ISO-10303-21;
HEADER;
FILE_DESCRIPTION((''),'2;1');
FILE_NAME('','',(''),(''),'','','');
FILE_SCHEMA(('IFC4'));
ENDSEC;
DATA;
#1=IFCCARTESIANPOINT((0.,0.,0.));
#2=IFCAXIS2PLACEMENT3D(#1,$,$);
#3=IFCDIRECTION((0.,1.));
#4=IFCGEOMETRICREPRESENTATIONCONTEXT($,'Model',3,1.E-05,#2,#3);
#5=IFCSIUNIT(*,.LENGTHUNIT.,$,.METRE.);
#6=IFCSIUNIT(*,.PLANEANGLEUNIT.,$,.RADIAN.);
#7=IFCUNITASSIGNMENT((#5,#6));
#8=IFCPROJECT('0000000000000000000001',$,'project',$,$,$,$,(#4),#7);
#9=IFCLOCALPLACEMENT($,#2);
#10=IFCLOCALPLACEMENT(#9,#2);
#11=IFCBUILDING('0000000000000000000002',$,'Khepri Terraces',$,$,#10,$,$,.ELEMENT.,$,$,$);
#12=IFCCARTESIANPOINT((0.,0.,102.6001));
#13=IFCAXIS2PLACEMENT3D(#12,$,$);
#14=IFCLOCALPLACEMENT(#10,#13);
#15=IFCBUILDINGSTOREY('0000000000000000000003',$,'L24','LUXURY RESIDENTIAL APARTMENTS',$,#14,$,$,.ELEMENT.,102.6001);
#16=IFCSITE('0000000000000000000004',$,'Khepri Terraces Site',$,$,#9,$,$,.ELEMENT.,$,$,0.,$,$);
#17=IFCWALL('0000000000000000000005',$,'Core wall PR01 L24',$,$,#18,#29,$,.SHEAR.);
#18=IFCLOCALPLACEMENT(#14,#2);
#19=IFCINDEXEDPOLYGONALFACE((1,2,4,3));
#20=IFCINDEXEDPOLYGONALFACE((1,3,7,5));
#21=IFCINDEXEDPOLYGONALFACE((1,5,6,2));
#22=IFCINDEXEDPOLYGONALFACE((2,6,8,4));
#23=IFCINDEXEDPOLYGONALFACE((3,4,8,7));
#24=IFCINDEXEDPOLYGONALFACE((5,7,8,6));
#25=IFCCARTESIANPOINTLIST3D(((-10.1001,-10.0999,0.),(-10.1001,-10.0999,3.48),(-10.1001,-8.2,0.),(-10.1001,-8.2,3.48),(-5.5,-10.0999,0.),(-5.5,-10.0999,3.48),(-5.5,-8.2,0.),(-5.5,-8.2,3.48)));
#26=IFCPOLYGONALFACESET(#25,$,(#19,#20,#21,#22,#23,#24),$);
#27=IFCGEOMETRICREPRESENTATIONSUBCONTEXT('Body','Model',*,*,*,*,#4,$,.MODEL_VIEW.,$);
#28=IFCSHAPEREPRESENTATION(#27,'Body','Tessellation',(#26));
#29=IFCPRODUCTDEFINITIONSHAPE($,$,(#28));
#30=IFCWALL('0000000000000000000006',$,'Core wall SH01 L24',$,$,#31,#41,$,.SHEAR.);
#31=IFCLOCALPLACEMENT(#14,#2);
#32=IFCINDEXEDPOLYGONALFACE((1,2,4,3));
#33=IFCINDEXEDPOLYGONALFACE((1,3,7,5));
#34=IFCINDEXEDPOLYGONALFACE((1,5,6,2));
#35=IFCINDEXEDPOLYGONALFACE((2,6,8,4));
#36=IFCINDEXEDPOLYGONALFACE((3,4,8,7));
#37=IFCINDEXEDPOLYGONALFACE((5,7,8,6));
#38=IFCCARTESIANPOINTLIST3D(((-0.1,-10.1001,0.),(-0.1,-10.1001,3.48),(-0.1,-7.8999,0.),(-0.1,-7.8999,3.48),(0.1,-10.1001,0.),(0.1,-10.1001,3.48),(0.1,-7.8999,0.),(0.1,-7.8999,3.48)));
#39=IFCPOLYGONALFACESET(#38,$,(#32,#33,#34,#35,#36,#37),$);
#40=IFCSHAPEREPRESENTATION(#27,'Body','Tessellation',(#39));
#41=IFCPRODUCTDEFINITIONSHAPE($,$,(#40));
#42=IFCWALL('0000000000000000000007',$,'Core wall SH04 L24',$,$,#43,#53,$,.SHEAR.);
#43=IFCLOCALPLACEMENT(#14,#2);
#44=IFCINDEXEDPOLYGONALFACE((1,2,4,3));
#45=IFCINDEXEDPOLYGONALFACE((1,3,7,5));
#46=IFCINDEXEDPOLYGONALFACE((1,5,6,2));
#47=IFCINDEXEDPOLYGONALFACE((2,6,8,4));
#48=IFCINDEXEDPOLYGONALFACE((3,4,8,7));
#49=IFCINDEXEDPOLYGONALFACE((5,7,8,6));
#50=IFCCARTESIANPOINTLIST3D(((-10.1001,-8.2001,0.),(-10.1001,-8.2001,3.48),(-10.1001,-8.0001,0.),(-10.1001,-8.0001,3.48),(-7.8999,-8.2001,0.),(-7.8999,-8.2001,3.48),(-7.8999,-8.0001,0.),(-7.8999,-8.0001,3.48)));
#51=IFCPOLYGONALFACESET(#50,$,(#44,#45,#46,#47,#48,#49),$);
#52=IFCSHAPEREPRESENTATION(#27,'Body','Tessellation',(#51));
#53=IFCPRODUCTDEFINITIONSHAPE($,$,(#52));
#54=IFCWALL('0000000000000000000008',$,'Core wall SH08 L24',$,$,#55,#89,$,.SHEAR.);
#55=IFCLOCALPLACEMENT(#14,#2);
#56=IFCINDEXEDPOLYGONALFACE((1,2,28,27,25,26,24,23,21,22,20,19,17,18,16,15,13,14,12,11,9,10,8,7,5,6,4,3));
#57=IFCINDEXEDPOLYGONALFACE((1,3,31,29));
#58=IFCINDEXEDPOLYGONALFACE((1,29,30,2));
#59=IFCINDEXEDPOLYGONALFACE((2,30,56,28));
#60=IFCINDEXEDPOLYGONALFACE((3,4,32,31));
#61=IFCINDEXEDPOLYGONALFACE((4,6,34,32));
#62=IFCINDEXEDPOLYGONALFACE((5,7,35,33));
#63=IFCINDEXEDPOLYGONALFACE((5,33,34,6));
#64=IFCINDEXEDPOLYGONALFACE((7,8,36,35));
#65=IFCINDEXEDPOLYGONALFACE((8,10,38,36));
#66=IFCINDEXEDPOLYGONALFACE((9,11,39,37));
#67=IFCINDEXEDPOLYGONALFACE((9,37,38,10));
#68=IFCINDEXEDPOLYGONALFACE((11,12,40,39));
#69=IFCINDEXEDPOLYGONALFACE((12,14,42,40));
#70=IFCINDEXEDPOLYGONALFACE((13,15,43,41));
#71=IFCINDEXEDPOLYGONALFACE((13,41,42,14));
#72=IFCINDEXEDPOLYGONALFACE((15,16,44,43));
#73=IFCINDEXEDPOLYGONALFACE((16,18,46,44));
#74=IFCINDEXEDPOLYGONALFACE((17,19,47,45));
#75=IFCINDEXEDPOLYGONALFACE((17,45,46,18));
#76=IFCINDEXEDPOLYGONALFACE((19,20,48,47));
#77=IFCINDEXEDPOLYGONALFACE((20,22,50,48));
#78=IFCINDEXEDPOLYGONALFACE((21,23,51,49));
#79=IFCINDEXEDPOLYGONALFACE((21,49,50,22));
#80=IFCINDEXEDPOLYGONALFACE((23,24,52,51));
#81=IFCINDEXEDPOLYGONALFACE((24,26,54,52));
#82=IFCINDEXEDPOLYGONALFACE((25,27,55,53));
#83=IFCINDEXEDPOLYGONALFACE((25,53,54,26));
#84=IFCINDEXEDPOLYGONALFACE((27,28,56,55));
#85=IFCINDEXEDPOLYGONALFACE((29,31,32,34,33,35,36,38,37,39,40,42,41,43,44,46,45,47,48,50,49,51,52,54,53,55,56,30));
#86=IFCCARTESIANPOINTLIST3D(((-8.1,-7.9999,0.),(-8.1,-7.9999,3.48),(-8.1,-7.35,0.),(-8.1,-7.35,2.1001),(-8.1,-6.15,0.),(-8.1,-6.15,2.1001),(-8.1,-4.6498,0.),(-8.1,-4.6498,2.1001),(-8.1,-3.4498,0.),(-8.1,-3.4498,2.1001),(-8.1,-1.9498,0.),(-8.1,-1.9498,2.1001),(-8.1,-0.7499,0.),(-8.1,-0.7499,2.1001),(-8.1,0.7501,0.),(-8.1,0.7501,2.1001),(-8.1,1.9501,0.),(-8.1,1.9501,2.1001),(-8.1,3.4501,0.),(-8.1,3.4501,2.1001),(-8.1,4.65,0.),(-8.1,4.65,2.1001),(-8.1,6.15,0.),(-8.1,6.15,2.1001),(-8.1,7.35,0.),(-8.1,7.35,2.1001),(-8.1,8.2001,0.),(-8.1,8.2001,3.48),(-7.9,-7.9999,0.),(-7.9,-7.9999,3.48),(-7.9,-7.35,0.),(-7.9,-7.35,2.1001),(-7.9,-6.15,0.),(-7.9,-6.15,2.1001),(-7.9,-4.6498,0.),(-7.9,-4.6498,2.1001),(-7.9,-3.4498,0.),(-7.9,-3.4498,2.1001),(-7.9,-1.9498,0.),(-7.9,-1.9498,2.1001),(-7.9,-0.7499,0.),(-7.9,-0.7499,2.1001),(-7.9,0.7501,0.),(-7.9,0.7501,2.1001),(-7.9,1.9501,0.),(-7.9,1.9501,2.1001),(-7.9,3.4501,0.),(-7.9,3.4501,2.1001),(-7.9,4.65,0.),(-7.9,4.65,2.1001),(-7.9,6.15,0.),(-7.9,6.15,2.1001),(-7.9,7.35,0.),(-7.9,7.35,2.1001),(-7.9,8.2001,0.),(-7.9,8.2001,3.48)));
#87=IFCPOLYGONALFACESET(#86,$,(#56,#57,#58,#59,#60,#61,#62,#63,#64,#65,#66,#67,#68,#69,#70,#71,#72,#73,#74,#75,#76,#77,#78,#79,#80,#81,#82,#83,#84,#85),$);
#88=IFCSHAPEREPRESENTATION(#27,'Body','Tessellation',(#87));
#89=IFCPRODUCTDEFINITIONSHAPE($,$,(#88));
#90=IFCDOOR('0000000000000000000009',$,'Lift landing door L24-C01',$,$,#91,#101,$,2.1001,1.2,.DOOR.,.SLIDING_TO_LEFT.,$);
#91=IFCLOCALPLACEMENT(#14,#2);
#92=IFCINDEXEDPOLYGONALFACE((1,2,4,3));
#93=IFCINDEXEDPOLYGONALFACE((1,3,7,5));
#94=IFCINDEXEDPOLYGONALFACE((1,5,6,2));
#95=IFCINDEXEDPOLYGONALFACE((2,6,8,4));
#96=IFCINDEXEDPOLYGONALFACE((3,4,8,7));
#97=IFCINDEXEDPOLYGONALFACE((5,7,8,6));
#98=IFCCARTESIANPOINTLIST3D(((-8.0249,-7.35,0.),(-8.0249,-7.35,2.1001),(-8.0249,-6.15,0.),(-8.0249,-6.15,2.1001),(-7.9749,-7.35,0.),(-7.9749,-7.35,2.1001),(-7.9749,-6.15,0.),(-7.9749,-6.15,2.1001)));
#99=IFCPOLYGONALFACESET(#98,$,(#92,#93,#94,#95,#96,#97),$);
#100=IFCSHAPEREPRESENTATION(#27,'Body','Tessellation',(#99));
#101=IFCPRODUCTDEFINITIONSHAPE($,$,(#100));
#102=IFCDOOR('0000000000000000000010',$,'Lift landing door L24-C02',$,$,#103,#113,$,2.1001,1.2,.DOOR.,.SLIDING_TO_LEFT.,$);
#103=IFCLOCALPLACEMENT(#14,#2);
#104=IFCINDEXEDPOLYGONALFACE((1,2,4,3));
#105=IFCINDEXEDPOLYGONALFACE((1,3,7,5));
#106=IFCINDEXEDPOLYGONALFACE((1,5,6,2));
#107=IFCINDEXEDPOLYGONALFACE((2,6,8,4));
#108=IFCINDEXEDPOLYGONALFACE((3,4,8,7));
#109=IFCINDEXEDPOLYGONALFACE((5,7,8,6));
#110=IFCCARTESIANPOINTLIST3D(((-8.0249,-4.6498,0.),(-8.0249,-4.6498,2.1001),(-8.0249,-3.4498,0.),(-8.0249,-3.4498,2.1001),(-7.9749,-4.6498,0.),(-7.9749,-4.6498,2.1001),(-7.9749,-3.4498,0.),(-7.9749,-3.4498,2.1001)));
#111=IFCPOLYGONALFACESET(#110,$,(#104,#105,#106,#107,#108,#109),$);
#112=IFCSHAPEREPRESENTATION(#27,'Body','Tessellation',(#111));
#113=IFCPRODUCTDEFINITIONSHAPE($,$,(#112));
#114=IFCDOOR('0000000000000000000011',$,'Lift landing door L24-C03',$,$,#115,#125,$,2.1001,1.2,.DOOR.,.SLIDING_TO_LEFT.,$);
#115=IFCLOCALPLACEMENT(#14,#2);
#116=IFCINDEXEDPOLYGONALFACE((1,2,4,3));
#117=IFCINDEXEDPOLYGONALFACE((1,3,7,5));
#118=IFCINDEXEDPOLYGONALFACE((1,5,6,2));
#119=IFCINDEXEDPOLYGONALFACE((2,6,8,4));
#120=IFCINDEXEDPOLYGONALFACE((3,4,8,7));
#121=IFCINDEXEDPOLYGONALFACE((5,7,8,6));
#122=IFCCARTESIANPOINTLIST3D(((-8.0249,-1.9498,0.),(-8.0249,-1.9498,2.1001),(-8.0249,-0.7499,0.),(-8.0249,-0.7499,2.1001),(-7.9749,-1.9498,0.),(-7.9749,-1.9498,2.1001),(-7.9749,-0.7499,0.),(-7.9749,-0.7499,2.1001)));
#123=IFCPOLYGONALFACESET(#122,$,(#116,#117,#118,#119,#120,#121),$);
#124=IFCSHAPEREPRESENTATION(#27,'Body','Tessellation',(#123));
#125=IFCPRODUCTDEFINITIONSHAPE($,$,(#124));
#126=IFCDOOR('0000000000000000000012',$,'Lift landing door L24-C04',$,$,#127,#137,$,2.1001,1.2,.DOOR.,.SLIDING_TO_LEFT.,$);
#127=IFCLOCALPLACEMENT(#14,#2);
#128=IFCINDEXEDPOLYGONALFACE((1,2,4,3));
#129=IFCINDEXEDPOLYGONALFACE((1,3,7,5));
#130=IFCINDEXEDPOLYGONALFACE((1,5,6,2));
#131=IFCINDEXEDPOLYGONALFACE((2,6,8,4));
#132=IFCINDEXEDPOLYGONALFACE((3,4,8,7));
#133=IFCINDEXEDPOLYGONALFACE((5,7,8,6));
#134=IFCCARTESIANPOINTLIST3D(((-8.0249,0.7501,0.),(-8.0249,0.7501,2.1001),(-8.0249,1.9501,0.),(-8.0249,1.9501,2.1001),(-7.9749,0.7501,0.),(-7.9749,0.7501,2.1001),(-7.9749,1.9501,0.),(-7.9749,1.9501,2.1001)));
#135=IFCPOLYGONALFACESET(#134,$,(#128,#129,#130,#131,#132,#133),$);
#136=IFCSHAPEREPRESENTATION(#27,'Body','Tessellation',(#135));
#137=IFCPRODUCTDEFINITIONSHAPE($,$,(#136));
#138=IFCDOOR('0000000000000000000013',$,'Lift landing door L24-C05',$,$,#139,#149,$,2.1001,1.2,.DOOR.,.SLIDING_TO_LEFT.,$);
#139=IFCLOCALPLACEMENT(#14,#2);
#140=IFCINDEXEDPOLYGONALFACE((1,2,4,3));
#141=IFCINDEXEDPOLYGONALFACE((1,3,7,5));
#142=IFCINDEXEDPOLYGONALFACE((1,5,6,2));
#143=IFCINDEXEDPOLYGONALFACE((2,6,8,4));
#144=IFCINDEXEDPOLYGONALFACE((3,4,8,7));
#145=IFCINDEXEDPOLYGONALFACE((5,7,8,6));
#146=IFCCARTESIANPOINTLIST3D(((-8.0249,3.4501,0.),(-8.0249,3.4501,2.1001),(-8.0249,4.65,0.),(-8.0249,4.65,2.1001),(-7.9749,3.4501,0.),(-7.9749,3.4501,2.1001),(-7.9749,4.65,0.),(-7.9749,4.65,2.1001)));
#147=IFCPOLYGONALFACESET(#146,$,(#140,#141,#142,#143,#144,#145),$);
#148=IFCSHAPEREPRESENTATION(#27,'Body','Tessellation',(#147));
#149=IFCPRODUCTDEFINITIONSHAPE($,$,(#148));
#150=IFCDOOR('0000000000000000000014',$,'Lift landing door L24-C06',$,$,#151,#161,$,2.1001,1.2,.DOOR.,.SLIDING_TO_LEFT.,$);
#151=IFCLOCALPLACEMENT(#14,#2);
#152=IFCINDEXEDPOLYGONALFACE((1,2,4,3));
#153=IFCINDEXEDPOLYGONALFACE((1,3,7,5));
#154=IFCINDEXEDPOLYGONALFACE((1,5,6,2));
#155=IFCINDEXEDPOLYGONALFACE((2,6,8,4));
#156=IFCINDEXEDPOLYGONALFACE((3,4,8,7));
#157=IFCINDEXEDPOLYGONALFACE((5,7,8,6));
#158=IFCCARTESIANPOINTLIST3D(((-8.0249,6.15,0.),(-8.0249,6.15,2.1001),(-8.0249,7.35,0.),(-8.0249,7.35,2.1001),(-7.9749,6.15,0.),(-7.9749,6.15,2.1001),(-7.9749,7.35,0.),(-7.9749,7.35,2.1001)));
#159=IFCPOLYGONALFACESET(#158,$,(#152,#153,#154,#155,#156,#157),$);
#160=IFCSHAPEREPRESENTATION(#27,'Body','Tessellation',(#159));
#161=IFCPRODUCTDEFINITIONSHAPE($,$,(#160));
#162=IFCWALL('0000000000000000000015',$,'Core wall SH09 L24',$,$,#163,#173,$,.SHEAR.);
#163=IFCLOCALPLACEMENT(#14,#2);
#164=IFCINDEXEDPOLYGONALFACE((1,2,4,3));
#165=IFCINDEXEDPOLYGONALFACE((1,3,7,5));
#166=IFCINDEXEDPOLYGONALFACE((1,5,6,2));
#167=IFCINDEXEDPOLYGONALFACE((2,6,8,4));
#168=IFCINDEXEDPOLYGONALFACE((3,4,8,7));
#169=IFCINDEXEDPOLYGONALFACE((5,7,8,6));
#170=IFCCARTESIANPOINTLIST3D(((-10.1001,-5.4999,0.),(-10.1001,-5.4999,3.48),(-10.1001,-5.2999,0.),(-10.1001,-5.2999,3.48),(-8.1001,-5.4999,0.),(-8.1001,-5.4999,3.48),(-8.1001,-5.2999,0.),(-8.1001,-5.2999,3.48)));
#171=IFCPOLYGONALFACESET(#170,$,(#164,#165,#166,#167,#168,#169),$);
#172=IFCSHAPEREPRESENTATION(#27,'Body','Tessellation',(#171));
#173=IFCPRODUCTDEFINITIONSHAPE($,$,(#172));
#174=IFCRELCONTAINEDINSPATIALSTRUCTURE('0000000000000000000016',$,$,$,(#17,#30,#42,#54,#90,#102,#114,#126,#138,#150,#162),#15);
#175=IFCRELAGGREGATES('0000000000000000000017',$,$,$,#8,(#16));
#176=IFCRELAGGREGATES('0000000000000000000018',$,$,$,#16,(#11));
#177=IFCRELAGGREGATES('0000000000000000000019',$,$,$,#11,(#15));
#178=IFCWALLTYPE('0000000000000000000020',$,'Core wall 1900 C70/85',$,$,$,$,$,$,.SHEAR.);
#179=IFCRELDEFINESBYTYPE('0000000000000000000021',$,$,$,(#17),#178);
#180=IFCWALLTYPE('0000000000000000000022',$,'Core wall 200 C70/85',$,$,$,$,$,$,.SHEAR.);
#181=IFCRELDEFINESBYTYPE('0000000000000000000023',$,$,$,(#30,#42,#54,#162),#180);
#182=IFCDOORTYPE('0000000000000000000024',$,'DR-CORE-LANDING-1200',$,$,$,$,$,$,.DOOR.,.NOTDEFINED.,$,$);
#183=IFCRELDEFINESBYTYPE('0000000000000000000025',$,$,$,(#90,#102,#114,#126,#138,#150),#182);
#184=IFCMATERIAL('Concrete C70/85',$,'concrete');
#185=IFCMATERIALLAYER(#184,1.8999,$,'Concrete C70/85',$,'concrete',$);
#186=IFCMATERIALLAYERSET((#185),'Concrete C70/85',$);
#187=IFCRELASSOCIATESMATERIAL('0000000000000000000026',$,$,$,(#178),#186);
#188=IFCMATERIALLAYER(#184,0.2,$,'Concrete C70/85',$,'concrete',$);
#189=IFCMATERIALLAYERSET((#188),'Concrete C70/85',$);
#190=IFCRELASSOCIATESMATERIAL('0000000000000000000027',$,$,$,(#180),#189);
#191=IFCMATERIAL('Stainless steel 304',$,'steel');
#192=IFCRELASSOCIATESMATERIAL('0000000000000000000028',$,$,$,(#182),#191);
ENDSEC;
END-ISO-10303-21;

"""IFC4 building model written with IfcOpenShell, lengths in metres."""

from ifc_helpers import new_model, si_unit, direction, frame, frame_2d, origin, place, context, subcontext, project, spatial, rectangle, extrude, material, layer, layer_set, type_object, element, fill, save


model = new_model("IFC4")

# Units and contexts
model_context = context("Model", 3, precision=1e-05, world=origin(), true_north=direction((0.0, 1.0)))
body_context = subcontext(model_context, "Body", "Model", "MODEL_VIEW")
ifc_project = project(units=[si_unit("LENGTHUNIT", "METRE"), si_unit("PLANEANGLEUNIT", "RADIAN")], contexts=[model_context])

# Site, building, storey
site_placement = place(None, origin())
site = spatial("IfcSite", under=ifc_project, at=site_placement, Name="Khepri Terraces Site", CompositionType="ELEMENT", RefElevation=0.0)
building_placement = place(site_placement, origin())
building = spatial("IfcBuilding", under=site, at=building_placement, Name="Khepri Terraces", CompositionType="ELEMENT")
storey_placement = place(building_placement, frame((0.0, 0.0, 102.6001)))
storey = spatial("IfcBuildingStorey", under=building, at=storey_placement, Name="L24", Description="LUXURY RESIDENTIAL APARTMENTS", CompositionType="ELEMENT", Elevation=102.6001)

# Walls
ifc_material_1 = material(Name="Concrete C70/85", Category="concrete")
ifc_layer_1 = layer(ifc_material_1, 1.8999, Name="Concrete C70/85", Category="concrete")
ifc_layer_set_1 = layer_set([ifc_layer_1], Name="Concrete C70/85")
wall_type_1 = type_object("IfcWallType", Name="Core wall 1900 C70/85", PredefinedType="SHEAR", material=ifc_layer_set_1)
wall_1_placement = place(storey_placement, frame((-10.1001, -9.1499, 0.0), z_axis=(0.0, 0.0, 1.0), x_axis=(1.0, 0.0, 0.0)))
element("IfcWall", 1, at=wall_1_placement, inside=storey, type_object=wall_type_1, Name="Core wall PR01 L24", PredefinedType="SHEAR", context=body_context, shape_type="SweptSolid", body=[
    extrude(rectangle(XDim=4.6001, YDim=1.8999, at=frame_2d((2.3, 0.0))), origin(), (0.0, 0.0, 1.0), 3.48),
])
ifc_layer_2 = layer(ifc_material_1, 0.2, Name="Concrete C70/85", Category="concrete")
ifc_layer_set_2 = layer_set([ifc_layer_2], Name="Concrete C70/85")
wall_type_2 = type_object("IfcWallType", Name="Core wall 200 C70/85", PredefinedType="SHEAR", material=ifc_layer_set_2)
for number, where, z_axis, x_axis, name in (
    (2, (0.0, -10.1001, 0.0), (0.0, 0.0, 1.0), (0.0, 1.0, 0.0), "Core wall SH01 L24"),
    (3, (-10.1001, -8.1001, 0.0), (0.0, 0.0, 1.0), (1.0, 0.0, 0.0), "Core wall SH04 L24"),
):
    element("IfcWall", number, at=place(storey_placement, frame(where, z_axis=z_axis, x_axis=x_axis)), inside=storey, type_object=wall_type_2, Name=name, PredefinedType="SHEAR", context=body_context, shape_type="SweptSolid", body=[
        extrude(rectangle(XDim=2.2002, YDim=0.2, at=frame_2d((1.1001, 0.0))), origin(), (0.0, 0.0, 1.0), 3.48),
    ])

# Wall, openings, doors
wall_2_placement = place(storey_placement, frame((-8.0, -8.0, 0.0), z_axis=(0.0, 0.0, 1.0), x_axis=(0.0, 1.0, 0.0)))
wall_2 = element("IfcWall", 4, at=wall_2_placement, inside=storey, type_object=wall_type_2, Name="Core wall SH08 L24", PredefinedType="SHEAR", context=body_context, shape_type="SweptSolid", body=[
    extrude(rectangle(XDim=16.2, YDim=0.2, at=frame_2d((8.1001, 0.0))), origin(), (0.0, 0.0, 1.0), 3.48),
])
opening_1_placement = place(wall_2_placement, frame((0.6499, 0.0, 0.0)))
opening_1 = element("IfcOpeningElement", 5, at=opening_1_placement, cuts=wall_2, PredefinedType="OPENING", context=body_context, shape_type="SweptSolid", body=[
    extrude(rectangle(XDim=1.2, YDim=2.1001, at=frame_2d((0.6001, 1.05))), frame((0.0, 0.1099, 0.0), z_axis=(0.0, -1.0, 0.0), x_axis=(1.0, 0.0, 0.0)), (0.0, 0.0, 1.0), 0.22),
])
opening_2_placement = place(wall_2_placement, frame((3.3501, 0.0, 0.0)))
opening_2 = element("IfcOpeningElement", 6, at=opening_2_placement, cuts=wall_2, PredefinedType="OPENING", context=body_context, shape_type="SweptSolid", body=[
    extrude(rectangle(XDim=1.2, YDim=2.1001, at=frame_2d((0.6001, 1.05))), frame((0.0, 0.1099, 0.0), z_axis=(0.0, -1.0, 0.0), x_axis=(1.0, 0.0, 0.0)), (0.0, 0.0, 1.0), 0.22),
])
opening_3_placement = place(wall_2_placement, frame((6.05, 0.0, 0.0)))
opening_3 = element("IfcOpeningElement", 7, at=opening_3_placement, cuts=wall_2, PredefinedType="OPENING", context=body_context, shape_type="SweptSolid", body=[
    extrude(rectangle(XDim=1.2, YDim=2.1001, at=frame_2d((0.6001, 1.05))), frame((0.0, 0.1099, 0.0), z_axis=(0.0, -1.0, 0.0), x_axis=(1.0, 0.0, 0.0)), (0.0, 0.0, 1.0), 0.22),
])
opening_4_placement = place(wall_2_placement, frame((8.75, 0.0, 0.0)))
opening_4 = element("IfcOpeningElement", 8, at=opening_4_placement, cuts=wall_2, PredefinedType="OPENING", context=body_context, shape_type="SweptSolid", body=[
    extrude(rectangle(XDim=1.2, YDim=2.1001, at=frame_2d((0.6001, 1.05))), frame((0.0, 0.1099, 0.0), z_axis=(0.0, -1.0, 0.0), x_axis=(1.0, 0.0, 0.0)), (0.0, 0.0, 1.0), 0.22),
])
opening_5_placement = place(wall_2_placement, frame((11.45, 0.0, 0.0)))
opening_5 = element("IfcOpeningElement", 9, at=opening_5_placement, cuts=wall_2, PredefinedType="OPENING", context=body_context, shape_type="SweptSolid", body=[
    extrude(rectangle(XDim=1.2, YDim=2.1001, at=frame_2d((0.6001, 1.05))), frame((0.0, 0.1099, 0.0), z_axis=(0.0, -1.0, 0.0), x_axis=(1.0, 0.0, 0.0)), (0.0, 0.0, 1.0), 0.22),
])
opening_6_placement = place(wall_2_placement, frame((14.1499, 0.0, 0.0)))
opening_6 = element("IfcOpeningElement", 10, at=opening_6_placement, cuts=wall_2, PredefinedType="OPENING", context=body_context, shape_type="SweptSolid", body=[
    extrude(rectangle(XDim=1.2, YDim=2.1001, at=frame_2d((0.6001, 1.05))), frame((0.0, 0.1099, 0.0), z_axis=(0.0, -1.0, 0.0), x_axis=(1.0, 0.0, 0.0)), (0.0, 0.0, 1.0), 0.22),
])
ifc_material_2 = material(Name="Stainless steel 304", Category="steel")
door_type_1 = type_object("IfcDoorType", Name="DR-CORE-LANDING-1200", OperationType="NOTDEFINED", PredefinedType="DOOR", material=ifc_material_2)
door_1_placement = place(opening_1_placement, origin())
door_1 = element("IfcDoor", 11, at=door_1_placement, inside=storey, type_object=door_type_1, Name="Lift landing door L24-C01", OperationType="SLIDING_TO_LEFT", OverallHeight=2.1001, OverallWidth=1.2, PredefinedType="DOOR", context=body_context, shape_type="SweptSolid", body=[
    extrude(rectangle(XDim=1.2, YDim=2.1001, at=frame_2d((0.6001, 1.05))), frame((0.0, 0.0249, 0.0), z_axis=(0.0, -1.0, 0.0), x_axis=(1.0, 0.0, 0.0)), (0.0, 0.0, 1.0), 0.05),
])
fill(opening_1, door_1)
door_2_placement = place(opening_2_placement, origin())
door_2 = element("IfcDoor", 12, at=door_2_placement, inside=storey, type_object=door_type_1, Name="Lift landing door L24-C02", OperationType="SLIDING_TO_LEFT", OverallHeight=2.1001, OverallWidth=1.2, PredefinedType="DOOR", context=body_context, shape_type="SweptSolid", body=[
    extrude(rectangle(XDim=1.2, YDim=2.1001, at=frame_2d((0.6001, 1.05))), frame((0.0, 0.0249, 0.0), z_axis=(0.0, -1.0, 0.0), x_axis=(1.0, 0.0, 0.0)), (0.0, 0.0, 1.0), 0.05),
])
fill(opening_2, door_2)
door_3_placement = place(opening_3_placement, origin())
door_3 = element("IfcDoor", 13, at=door_3_placement, inside=storey, type_object=door_type_1, Name="Lift landing door L24-C03", OperationType="SLIDING_TO_LEFT", OverallHeight=2.1001, OverallWidth=1.2, PredefinedType="DOOR", context=body_context, shape_type="SweptSolid", body=[
    extrude(rectangle(XDim=1.2, YDim=2.1001, at=frame_2d((0.6001, 1.05))), frame((0.0, 0.0249, 0.0), z_axis=(0.0, -1.0, 0.0), x_axis=(1.0, 0.0, 0.0)), (0.0, 0.0, 1.0), 0.05),
])
fill(opening_3, door_3)
door_4_placement = place(opening_4_placement, origin())
door_4 = element("IfcDoor", 14, at=door_4_placement, inside=storey, type_object=door_type_1, Name="Lift landing door L24-C04", OperationType="SLIDING_TO_LEFT", OverallHeight=2.1001, OverallWidth=1.2, PredefinedType="DOOR", context=body_context, shape_type="SweptSolid", body=[
    extrude(rectangle(XDim=1.2, YDim=2.1001, at=frame_2d((0.6001, 1.05))), frame((0.0, 0.0249, 0.0), z_axis=(0.0, -1.0, 0.0), x_axis=(1.0, 0.0, 0.0)), (0.0, 0.0, 1.0), 0.05),
])
fill(opening_4, door_4)
door_5_placement = place(opening_5_placement, origin())
door_5 = element("IfcDoor", 15, at=door_5_placement, inside=storey, type_object=door_type_1, Name="Lift landing door L24-C05", OperationType="SLIDING_TO_LEFT", OverallHeight=2.1001, OverallWidth=1.2, PredefinedType="DOOR", context=body_context, shape_type="SweptSolid", body=[
    extrude(rectangle(XDim=1.2, YDim=2.1001, at=frame_2d((0.6001, 1.05))), frame((0.0, 0.0249, 0.0), z_axis=(0.0, -1.0, 0.0), x_axis=(1.0, 0.0, 0.0)), (0.0, 0.0, 1.0), 0.05),
])
fill(opening_5, door_5)
door_6_placement = place(opening_6_placement, origin())
door_6 = element("IfcDoor", 16, at=door_6_placement, inside=storey, type_object=door_type_1, Name="Lift landing door L24-C06", OperationType="SLIDING_TO_LEFT", OverallHeight=2.1001, OverallWidth=1.2, PredefinedType="DOOR", context=body_context, shape_type="SweptSolid", body=[
    extrude(rectangle(XDim=1.2, YDim=2.1001, at=frame_2d((0.6001, 1.05))), frame((0.0, 0.0249, 0.0), z_axis=(0.0, -1.0, 0.0), x_axis=(1.0, 0.0, 0.0)), (0.0, 0.0, 1.0), 0.05),
])
fill(opening_6, door_6)

# Wall
wall_3_placement = place(storey_placement, frame((-10.1001, -5.3999, 0.0), z_axis=(0.0, 0.0, 1.0), x_axis=(1.0, 0.0, 0.0)))
element("IfcWall", 17, at=wall_3_placement, inside=storey, type_object=wall_type_2, Name="Core wall SH09 L24", PredefinedType="SHEAR", context=body_context, shape_type="SweptSolid", body=[
    extrude(rectangle(XDim=2.0, YDim=0.2, at=frame_2d((1.0, 0.0))), origin(), (0.0, 0.0, 1.0), 3.48),
])

save(model, "model.ifc")
